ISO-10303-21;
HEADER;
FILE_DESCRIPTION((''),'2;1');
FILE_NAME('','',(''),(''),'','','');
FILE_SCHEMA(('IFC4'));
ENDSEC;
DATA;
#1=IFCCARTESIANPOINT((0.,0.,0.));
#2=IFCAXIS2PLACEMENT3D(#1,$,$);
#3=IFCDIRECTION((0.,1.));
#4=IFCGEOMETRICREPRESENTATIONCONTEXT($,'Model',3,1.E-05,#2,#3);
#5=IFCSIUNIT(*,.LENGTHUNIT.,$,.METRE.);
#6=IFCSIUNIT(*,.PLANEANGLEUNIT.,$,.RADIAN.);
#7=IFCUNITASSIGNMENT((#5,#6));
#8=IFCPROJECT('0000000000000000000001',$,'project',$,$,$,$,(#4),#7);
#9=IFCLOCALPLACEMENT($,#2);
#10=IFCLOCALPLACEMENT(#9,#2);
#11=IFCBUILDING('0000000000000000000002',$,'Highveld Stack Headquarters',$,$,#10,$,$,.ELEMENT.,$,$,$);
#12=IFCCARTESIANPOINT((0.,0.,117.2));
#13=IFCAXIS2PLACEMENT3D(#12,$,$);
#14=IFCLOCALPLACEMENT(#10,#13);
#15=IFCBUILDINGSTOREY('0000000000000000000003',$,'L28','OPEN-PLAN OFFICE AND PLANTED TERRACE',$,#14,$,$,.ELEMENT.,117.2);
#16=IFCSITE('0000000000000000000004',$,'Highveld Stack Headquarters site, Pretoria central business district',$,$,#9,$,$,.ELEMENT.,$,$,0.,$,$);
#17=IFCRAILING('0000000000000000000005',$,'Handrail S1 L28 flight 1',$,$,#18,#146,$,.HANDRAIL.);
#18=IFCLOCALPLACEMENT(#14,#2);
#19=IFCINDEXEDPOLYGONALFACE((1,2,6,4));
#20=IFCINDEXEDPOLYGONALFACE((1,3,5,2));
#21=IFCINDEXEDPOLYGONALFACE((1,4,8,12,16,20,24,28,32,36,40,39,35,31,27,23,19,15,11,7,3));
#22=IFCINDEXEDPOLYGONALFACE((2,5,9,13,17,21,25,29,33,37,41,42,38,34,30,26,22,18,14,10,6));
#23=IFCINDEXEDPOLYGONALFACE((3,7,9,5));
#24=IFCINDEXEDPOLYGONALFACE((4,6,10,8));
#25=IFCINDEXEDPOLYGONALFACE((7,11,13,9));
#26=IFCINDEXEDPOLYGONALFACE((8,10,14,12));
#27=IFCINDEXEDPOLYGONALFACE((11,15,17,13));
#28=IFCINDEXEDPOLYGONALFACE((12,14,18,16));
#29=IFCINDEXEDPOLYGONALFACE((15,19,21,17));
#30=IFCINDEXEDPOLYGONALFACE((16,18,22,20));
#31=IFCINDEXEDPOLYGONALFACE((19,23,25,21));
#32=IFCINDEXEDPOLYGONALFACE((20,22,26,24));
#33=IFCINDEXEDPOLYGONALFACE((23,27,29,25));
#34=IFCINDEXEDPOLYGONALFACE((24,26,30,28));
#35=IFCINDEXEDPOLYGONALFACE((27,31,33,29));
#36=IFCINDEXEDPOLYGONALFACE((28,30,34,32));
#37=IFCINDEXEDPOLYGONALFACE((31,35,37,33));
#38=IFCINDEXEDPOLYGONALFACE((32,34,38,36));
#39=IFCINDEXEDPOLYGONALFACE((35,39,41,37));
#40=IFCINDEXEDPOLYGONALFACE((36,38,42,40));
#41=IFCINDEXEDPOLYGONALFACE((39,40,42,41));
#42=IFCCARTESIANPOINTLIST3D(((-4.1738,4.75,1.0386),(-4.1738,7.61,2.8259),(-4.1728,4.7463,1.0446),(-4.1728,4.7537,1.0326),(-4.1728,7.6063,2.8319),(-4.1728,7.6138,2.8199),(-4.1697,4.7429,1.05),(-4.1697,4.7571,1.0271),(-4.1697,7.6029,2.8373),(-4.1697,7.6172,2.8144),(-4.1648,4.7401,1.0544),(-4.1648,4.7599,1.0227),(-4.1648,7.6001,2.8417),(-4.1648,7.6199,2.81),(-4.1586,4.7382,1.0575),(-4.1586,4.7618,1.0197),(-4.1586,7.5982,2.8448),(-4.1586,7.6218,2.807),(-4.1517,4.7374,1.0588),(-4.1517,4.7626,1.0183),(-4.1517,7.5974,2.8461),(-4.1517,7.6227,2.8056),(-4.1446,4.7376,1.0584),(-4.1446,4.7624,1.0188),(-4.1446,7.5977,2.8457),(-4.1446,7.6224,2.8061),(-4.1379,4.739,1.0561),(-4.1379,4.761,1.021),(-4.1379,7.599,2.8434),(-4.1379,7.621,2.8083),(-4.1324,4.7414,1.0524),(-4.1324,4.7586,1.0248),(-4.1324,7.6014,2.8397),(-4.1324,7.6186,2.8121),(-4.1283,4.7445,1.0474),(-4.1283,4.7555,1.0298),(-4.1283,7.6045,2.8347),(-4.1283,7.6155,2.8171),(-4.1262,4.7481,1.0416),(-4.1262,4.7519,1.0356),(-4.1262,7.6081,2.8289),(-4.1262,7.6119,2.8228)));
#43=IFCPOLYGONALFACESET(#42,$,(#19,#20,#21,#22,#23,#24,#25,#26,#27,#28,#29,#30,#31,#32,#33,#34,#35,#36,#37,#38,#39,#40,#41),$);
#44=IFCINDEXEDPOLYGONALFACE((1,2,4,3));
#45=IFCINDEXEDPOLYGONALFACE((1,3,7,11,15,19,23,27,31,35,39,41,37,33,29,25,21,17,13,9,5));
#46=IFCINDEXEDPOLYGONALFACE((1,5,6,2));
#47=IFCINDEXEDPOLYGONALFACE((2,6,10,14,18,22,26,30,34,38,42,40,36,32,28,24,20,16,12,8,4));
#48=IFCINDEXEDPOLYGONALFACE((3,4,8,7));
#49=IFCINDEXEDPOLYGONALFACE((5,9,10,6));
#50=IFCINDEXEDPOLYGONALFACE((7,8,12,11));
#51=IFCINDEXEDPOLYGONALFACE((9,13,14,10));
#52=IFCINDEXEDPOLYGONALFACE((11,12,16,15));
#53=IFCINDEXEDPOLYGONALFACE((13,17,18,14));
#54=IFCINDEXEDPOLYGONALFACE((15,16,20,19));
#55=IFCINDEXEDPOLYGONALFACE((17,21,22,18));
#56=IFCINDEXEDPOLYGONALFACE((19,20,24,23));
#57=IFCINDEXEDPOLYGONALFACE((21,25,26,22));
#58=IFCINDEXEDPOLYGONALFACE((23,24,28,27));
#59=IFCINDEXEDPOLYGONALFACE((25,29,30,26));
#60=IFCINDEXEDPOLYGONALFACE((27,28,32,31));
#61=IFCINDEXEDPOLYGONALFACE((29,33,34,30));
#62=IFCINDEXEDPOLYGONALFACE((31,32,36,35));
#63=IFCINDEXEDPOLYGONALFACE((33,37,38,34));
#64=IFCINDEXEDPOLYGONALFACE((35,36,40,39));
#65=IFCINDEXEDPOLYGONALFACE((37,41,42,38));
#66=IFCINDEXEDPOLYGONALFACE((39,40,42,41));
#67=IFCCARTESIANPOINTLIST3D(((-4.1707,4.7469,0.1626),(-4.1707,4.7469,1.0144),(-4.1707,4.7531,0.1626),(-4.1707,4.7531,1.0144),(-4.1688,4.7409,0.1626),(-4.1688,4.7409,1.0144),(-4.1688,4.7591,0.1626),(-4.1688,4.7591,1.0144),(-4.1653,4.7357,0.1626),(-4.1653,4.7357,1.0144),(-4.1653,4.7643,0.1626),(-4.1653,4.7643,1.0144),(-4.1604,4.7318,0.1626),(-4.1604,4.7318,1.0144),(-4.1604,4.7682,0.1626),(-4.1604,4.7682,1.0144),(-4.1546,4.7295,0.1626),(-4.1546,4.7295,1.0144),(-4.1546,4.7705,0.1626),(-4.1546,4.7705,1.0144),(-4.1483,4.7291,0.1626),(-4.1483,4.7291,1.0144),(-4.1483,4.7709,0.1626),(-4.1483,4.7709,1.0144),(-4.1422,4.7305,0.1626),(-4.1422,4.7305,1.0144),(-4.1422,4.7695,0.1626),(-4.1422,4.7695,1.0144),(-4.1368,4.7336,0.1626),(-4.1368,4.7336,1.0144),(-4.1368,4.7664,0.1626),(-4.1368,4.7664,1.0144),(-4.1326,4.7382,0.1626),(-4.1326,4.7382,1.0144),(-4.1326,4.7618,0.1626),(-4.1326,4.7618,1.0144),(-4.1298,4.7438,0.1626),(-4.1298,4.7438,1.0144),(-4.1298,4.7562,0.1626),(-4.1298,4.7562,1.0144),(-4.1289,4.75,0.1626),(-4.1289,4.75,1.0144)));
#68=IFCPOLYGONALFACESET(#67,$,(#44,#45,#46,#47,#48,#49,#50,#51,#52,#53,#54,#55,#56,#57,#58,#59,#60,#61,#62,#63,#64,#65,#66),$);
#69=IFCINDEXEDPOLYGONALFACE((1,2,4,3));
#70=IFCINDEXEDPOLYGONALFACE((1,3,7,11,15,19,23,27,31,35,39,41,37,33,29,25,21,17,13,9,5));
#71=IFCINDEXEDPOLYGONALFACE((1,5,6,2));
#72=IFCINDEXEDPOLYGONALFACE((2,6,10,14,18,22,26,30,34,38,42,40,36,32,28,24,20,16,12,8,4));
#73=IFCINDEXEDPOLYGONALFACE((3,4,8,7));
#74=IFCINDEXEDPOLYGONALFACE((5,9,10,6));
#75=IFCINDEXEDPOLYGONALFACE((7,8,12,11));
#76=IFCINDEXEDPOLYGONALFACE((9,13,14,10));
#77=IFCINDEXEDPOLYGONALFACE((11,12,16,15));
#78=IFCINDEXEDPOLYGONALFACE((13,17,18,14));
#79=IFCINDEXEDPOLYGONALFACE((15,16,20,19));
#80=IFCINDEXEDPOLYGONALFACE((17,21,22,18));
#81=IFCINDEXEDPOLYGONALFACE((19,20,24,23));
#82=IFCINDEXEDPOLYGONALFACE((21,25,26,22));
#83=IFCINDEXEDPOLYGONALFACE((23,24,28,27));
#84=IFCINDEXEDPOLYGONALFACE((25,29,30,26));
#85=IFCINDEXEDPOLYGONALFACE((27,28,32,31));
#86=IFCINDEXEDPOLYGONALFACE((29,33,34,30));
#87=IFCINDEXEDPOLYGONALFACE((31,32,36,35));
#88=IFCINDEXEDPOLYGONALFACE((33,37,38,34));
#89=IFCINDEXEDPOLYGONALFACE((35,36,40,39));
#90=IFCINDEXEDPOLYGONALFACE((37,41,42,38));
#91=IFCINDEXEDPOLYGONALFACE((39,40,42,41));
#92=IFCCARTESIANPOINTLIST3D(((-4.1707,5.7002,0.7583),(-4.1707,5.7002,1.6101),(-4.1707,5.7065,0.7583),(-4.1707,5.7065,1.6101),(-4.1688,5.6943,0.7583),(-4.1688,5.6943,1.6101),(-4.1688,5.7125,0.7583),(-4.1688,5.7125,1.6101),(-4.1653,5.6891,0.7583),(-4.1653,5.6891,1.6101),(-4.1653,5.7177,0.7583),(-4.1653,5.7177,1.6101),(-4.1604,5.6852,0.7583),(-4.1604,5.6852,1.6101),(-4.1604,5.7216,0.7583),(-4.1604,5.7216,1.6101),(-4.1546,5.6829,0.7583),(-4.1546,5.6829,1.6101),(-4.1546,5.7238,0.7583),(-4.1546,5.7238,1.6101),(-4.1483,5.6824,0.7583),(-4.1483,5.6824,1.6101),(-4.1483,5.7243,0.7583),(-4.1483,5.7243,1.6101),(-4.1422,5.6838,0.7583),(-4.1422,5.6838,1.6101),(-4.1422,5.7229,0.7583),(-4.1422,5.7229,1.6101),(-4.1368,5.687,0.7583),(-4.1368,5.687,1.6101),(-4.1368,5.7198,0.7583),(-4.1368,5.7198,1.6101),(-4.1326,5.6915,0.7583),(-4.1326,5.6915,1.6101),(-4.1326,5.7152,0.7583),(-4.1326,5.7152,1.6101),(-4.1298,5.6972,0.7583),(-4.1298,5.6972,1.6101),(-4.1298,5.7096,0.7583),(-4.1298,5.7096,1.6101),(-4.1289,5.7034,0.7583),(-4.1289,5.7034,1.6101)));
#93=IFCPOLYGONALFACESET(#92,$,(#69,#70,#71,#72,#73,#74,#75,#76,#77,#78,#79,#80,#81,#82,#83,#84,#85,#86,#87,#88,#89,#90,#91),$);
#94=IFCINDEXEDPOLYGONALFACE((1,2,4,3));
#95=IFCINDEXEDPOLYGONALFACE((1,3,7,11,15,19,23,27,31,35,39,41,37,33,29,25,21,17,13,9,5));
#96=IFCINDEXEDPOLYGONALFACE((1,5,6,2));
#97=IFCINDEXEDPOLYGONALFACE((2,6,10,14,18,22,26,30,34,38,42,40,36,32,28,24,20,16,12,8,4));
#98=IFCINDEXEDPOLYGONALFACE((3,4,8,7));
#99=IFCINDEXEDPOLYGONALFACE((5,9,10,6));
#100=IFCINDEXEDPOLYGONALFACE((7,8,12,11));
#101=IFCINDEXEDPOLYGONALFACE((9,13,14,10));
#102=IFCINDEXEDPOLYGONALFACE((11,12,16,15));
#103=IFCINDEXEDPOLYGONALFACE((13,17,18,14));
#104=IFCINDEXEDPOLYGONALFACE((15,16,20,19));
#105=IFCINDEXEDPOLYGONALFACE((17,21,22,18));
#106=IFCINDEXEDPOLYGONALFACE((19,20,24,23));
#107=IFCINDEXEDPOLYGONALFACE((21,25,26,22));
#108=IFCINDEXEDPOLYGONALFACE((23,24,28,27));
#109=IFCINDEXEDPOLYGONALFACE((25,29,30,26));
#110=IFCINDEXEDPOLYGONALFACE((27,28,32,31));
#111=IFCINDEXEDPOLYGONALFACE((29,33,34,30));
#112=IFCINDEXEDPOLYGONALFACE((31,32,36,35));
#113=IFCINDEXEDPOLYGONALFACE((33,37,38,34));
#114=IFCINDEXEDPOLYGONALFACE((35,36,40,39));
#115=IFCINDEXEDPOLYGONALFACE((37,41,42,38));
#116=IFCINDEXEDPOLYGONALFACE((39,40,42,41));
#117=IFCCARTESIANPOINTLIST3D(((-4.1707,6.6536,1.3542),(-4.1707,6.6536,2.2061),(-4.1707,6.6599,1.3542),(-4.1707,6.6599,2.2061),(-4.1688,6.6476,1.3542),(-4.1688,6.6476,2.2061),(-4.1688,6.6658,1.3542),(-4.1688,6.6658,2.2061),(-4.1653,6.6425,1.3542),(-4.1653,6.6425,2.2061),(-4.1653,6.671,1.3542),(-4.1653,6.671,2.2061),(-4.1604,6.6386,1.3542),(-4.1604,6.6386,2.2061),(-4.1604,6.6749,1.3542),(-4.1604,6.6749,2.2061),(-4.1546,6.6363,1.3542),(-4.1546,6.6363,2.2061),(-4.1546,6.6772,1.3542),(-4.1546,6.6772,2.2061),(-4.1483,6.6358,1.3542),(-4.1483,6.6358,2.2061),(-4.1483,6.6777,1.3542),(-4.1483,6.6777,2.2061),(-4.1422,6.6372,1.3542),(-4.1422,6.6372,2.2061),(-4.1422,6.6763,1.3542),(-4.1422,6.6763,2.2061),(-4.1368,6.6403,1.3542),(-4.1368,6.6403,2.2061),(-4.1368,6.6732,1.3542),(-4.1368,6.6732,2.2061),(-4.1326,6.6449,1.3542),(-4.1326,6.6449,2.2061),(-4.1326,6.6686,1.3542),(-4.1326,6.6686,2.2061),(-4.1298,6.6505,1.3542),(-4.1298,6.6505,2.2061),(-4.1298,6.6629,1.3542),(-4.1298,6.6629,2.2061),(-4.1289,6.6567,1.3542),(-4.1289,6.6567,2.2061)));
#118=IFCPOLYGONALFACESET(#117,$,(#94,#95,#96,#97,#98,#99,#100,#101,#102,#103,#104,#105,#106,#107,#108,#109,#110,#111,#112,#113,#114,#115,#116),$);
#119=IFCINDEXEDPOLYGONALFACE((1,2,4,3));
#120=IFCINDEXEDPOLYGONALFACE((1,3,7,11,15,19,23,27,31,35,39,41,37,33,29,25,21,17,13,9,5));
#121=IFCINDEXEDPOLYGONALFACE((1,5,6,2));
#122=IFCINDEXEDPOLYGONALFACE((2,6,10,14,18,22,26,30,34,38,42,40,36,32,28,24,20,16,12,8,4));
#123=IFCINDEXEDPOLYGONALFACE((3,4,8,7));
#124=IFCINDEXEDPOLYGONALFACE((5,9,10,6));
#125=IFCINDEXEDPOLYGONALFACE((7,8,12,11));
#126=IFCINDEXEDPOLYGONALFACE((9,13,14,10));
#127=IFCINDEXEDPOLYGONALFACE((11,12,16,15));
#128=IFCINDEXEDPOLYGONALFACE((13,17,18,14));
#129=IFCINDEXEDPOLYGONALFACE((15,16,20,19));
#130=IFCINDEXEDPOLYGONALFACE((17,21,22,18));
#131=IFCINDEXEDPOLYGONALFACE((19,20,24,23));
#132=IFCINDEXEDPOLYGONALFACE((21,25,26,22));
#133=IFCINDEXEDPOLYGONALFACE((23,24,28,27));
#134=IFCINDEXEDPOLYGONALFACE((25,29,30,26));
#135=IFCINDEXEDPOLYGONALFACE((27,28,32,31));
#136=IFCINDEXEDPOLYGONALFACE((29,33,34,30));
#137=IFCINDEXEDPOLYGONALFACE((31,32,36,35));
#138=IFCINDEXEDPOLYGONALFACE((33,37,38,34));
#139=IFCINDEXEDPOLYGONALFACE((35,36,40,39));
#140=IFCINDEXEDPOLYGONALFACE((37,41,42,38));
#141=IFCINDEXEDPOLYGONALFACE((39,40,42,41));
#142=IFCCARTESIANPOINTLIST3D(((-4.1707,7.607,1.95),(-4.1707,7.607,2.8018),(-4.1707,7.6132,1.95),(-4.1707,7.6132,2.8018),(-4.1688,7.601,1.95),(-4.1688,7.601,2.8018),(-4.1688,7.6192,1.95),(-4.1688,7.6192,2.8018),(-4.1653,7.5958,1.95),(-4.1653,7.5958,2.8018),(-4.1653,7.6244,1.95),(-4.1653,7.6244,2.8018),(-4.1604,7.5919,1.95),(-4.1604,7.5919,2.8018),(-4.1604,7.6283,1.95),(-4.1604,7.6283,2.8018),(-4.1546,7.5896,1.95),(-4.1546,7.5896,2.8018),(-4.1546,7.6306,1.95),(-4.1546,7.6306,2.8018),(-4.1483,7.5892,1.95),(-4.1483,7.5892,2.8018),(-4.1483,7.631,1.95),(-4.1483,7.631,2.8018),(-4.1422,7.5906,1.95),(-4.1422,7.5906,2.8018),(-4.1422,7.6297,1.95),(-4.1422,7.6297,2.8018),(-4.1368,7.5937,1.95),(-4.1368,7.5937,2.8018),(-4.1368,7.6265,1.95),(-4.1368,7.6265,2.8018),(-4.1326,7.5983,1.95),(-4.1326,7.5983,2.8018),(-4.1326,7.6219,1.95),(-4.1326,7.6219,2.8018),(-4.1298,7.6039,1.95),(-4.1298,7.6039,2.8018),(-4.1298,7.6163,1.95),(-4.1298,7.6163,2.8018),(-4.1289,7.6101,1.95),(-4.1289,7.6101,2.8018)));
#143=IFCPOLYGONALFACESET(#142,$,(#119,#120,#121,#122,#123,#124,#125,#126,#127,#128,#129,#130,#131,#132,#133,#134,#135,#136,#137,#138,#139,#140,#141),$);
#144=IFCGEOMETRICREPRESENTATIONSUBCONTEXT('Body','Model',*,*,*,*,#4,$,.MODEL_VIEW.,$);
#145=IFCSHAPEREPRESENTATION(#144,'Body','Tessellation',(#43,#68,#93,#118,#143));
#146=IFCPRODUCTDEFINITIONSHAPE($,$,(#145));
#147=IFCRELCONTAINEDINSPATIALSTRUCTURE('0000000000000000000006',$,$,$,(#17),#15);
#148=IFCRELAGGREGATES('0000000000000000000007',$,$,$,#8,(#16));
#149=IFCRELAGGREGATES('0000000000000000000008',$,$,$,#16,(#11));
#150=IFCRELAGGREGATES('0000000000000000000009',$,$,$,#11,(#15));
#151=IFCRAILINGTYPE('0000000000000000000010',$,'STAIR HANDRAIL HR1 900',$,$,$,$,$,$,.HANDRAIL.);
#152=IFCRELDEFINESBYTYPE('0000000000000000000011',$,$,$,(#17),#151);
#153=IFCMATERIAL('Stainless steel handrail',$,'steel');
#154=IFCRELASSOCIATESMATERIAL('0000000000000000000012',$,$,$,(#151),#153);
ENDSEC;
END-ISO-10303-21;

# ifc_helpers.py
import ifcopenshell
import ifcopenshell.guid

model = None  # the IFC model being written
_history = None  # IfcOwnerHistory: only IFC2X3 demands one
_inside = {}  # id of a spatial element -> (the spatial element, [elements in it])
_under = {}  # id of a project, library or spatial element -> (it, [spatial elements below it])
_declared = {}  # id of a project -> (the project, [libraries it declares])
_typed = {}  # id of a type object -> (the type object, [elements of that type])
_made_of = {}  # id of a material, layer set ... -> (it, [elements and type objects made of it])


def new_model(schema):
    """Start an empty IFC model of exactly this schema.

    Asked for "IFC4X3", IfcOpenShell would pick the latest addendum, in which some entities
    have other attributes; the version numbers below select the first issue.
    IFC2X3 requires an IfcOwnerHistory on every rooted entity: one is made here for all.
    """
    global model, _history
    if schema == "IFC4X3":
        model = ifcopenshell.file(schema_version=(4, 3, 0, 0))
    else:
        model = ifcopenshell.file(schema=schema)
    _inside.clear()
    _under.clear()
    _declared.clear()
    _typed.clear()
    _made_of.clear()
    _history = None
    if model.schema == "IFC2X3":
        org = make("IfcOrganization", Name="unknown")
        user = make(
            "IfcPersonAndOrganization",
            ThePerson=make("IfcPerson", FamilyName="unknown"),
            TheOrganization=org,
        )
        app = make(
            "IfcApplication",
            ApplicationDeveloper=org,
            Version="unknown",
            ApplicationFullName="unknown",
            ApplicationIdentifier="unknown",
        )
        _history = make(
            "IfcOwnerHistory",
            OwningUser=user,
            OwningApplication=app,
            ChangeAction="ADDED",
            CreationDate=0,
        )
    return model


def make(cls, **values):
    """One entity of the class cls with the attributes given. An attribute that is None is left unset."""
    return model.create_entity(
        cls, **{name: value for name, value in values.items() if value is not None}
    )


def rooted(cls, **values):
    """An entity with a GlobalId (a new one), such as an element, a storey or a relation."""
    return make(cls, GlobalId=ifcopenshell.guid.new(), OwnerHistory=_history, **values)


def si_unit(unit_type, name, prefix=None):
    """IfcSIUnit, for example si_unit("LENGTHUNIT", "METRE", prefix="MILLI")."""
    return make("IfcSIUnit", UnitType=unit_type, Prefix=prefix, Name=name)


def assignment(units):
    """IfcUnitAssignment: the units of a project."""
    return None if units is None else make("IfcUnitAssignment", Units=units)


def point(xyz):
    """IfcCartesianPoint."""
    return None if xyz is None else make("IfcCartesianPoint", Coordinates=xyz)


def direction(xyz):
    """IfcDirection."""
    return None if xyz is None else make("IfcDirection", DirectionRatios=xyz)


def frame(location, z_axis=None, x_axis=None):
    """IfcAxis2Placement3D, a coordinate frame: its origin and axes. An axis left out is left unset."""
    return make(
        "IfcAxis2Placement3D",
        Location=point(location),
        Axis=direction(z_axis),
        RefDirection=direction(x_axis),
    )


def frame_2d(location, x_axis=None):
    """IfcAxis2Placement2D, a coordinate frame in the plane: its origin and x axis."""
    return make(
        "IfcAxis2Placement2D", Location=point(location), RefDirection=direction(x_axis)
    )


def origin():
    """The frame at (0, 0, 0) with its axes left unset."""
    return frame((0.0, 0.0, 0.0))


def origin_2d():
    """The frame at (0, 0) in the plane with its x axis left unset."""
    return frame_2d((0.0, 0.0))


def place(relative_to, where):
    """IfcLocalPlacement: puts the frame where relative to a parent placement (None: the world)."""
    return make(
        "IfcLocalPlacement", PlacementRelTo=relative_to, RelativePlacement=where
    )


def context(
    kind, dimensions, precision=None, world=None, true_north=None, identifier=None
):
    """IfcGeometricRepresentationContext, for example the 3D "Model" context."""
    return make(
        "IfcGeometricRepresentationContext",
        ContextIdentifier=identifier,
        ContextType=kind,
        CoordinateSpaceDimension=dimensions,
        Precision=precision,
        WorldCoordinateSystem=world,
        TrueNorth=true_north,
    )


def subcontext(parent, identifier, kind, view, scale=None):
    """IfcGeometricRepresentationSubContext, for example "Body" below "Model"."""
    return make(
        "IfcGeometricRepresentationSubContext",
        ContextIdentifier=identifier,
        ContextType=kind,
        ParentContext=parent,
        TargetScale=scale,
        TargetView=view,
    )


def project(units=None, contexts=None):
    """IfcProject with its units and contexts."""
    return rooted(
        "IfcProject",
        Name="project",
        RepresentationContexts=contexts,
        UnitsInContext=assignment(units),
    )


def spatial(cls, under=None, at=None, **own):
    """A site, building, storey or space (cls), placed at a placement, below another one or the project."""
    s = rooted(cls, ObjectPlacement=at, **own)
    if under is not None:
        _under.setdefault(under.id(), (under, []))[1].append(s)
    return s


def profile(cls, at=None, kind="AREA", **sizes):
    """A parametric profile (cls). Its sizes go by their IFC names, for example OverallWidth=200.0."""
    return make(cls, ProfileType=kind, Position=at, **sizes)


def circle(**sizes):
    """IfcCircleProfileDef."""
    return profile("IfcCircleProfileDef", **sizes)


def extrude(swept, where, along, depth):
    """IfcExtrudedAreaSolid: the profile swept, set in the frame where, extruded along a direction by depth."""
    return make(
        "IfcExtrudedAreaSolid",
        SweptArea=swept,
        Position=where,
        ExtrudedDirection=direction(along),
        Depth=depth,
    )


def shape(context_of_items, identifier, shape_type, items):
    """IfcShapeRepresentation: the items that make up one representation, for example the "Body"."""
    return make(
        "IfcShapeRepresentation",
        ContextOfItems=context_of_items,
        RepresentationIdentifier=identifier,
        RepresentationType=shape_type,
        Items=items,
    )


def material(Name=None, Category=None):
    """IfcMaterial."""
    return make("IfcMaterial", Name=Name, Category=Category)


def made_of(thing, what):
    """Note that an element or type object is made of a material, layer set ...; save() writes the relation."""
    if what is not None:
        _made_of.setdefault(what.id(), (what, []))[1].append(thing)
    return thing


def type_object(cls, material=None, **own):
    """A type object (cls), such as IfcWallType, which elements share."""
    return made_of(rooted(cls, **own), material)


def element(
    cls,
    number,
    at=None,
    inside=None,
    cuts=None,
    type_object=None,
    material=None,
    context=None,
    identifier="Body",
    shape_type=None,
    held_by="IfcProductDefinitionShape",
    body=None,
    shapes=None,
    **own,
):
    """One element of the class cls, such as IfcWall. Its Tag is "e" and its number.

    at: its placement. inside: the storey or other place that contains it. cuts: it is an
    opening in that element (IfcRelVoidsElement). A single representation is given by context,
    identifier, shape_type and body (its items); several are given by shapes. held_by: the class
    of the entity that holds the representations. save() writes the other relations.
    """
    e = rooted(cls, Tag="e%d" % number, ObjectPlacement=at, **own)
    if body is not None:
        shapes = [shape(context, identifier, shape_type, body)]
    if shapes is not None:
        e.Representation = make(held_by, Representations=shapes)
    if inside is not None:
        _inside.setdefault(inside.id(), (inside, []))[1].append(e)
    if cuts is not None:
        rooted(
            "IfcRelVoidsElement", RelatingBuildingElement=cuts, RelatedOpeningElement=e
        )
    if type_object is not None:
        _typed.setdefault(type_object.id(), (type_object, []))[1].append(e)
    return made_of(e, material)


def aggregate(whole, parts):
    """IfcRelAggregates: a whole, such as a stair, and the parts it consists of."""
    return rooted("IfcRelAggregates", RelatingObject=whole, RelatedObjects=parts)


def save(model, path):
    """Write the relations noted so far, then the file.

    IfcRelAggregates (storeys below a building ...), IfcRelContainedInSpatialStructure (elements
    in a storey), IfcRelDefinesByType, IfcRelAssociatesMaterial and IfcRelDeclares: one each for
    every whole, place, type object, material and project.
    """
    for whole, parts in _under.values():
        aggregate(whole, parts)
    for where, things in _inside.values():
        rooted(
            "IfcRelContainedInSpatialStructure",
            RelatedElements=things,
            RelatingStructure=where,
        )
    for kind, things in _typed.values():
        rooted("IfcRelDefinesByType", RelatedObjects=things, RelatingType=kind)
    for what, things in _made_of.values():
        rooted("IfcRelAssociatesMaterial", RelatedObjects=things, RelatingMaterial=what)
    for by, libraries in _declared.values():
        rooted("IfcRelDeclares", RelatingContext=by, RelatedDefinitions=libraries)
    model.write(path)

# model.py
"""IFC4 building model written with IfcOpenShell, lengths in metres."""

from ifc_helpers import new_model, si_unit, direction, frame, origin, origin_2d, place, context, subcontext, project, spatial, circle, extrude, material, type_object, element, save


model = new_model("IFC4")

# Units and contexts
model_context = context("Model", 3, precision=1e-05, world=origin(), true_north=direction((0.0, 1.0)))
body_context = subcontext(model_context, "Body", "Model", "MODEL_VIEW")
ifc_project = project(units=[si_unit("LENGTHUNIT", "METRE"), si_unit("PLANEANGLEUNIT", "RADIAN")], contexts=[model_context])

# Site, building, storey
site_placement = place(None, origin())
site = spatial("IfcSite", under=ifc_project, at=site_placement, Name="Highveld Stack Headquarters site, Pretoria central business district", CompositionType="ELEMENT", RefElevation=0.0)
building_placement = place(site_placement, origin())
building = spatial("IfcBuilding", under=site, at=building_placement, Name="Highveld Stack Headquarters", CompositionType="ELEMENT")
storey_placement = place(building_placement, frame((0.0, 0.0, 117.2)))
storey = spatial("IfcBuildingStorey", under=building, at=storey_placement, Name="L28", Description="OPEN-PLAN OFFICE AND PLANTED TERRACE", CompositionType="ELEMENT", Elevation=117.2)

# Railing
ifc_material_1 = material(Name="Stainless steel handrail", Category="steel")
railing_type = type_object("IfcRailingType", Name="STAIR HANDRAIL HR1 900", PredefinedType="HANDRAIL", material=ifc_material_1)
for number, where, name in (
    (1, (-4.1499, 4.75, 0.1626), "Handrail S1 L28 flight 1"),
):
    element("IfcRailing", number, at=place(storey_placement, frame(where)), inside=storey, type_object=railing_type, Name=name, PredefinedType="HANDRAIL", context=body_context, shape_type="SweptSolid", body=[
        extrude(circle(Radius=0.0239, at=origin_2d()), frame((0.0, 0.0, 0.876), z_axis=(0.0, 0.848027, 0.529953), x_axis=(-1.0, 0.0, 0.0)), (0.0, 0.0, 1.0), 3.3726),
        extrude(circle(Radius=0.021, at=origin_2d()), origin(), (0.0, 0.0, 1.0), 0.8518),
        extrude(circle(Radius=0.021, at=origin_2d()), frame((0.0, 0.9534, 0.5957)), (0.0, 0.0, 1.0), 0.8518),
        extrude(circle(Radius=0.021, at=origin_2d()), frame((0.0, 1.9067, 1.1917)), (0.0, 0.0, 1.0), 0.8518),
        extrude(circle(Radius=0.021, at=origin_2d()), frame((0.0, 2.8601, 1.7874)), (0.0, 0.0, 1.0), 0.8518),
    ])

save(model, "model.ifc")
